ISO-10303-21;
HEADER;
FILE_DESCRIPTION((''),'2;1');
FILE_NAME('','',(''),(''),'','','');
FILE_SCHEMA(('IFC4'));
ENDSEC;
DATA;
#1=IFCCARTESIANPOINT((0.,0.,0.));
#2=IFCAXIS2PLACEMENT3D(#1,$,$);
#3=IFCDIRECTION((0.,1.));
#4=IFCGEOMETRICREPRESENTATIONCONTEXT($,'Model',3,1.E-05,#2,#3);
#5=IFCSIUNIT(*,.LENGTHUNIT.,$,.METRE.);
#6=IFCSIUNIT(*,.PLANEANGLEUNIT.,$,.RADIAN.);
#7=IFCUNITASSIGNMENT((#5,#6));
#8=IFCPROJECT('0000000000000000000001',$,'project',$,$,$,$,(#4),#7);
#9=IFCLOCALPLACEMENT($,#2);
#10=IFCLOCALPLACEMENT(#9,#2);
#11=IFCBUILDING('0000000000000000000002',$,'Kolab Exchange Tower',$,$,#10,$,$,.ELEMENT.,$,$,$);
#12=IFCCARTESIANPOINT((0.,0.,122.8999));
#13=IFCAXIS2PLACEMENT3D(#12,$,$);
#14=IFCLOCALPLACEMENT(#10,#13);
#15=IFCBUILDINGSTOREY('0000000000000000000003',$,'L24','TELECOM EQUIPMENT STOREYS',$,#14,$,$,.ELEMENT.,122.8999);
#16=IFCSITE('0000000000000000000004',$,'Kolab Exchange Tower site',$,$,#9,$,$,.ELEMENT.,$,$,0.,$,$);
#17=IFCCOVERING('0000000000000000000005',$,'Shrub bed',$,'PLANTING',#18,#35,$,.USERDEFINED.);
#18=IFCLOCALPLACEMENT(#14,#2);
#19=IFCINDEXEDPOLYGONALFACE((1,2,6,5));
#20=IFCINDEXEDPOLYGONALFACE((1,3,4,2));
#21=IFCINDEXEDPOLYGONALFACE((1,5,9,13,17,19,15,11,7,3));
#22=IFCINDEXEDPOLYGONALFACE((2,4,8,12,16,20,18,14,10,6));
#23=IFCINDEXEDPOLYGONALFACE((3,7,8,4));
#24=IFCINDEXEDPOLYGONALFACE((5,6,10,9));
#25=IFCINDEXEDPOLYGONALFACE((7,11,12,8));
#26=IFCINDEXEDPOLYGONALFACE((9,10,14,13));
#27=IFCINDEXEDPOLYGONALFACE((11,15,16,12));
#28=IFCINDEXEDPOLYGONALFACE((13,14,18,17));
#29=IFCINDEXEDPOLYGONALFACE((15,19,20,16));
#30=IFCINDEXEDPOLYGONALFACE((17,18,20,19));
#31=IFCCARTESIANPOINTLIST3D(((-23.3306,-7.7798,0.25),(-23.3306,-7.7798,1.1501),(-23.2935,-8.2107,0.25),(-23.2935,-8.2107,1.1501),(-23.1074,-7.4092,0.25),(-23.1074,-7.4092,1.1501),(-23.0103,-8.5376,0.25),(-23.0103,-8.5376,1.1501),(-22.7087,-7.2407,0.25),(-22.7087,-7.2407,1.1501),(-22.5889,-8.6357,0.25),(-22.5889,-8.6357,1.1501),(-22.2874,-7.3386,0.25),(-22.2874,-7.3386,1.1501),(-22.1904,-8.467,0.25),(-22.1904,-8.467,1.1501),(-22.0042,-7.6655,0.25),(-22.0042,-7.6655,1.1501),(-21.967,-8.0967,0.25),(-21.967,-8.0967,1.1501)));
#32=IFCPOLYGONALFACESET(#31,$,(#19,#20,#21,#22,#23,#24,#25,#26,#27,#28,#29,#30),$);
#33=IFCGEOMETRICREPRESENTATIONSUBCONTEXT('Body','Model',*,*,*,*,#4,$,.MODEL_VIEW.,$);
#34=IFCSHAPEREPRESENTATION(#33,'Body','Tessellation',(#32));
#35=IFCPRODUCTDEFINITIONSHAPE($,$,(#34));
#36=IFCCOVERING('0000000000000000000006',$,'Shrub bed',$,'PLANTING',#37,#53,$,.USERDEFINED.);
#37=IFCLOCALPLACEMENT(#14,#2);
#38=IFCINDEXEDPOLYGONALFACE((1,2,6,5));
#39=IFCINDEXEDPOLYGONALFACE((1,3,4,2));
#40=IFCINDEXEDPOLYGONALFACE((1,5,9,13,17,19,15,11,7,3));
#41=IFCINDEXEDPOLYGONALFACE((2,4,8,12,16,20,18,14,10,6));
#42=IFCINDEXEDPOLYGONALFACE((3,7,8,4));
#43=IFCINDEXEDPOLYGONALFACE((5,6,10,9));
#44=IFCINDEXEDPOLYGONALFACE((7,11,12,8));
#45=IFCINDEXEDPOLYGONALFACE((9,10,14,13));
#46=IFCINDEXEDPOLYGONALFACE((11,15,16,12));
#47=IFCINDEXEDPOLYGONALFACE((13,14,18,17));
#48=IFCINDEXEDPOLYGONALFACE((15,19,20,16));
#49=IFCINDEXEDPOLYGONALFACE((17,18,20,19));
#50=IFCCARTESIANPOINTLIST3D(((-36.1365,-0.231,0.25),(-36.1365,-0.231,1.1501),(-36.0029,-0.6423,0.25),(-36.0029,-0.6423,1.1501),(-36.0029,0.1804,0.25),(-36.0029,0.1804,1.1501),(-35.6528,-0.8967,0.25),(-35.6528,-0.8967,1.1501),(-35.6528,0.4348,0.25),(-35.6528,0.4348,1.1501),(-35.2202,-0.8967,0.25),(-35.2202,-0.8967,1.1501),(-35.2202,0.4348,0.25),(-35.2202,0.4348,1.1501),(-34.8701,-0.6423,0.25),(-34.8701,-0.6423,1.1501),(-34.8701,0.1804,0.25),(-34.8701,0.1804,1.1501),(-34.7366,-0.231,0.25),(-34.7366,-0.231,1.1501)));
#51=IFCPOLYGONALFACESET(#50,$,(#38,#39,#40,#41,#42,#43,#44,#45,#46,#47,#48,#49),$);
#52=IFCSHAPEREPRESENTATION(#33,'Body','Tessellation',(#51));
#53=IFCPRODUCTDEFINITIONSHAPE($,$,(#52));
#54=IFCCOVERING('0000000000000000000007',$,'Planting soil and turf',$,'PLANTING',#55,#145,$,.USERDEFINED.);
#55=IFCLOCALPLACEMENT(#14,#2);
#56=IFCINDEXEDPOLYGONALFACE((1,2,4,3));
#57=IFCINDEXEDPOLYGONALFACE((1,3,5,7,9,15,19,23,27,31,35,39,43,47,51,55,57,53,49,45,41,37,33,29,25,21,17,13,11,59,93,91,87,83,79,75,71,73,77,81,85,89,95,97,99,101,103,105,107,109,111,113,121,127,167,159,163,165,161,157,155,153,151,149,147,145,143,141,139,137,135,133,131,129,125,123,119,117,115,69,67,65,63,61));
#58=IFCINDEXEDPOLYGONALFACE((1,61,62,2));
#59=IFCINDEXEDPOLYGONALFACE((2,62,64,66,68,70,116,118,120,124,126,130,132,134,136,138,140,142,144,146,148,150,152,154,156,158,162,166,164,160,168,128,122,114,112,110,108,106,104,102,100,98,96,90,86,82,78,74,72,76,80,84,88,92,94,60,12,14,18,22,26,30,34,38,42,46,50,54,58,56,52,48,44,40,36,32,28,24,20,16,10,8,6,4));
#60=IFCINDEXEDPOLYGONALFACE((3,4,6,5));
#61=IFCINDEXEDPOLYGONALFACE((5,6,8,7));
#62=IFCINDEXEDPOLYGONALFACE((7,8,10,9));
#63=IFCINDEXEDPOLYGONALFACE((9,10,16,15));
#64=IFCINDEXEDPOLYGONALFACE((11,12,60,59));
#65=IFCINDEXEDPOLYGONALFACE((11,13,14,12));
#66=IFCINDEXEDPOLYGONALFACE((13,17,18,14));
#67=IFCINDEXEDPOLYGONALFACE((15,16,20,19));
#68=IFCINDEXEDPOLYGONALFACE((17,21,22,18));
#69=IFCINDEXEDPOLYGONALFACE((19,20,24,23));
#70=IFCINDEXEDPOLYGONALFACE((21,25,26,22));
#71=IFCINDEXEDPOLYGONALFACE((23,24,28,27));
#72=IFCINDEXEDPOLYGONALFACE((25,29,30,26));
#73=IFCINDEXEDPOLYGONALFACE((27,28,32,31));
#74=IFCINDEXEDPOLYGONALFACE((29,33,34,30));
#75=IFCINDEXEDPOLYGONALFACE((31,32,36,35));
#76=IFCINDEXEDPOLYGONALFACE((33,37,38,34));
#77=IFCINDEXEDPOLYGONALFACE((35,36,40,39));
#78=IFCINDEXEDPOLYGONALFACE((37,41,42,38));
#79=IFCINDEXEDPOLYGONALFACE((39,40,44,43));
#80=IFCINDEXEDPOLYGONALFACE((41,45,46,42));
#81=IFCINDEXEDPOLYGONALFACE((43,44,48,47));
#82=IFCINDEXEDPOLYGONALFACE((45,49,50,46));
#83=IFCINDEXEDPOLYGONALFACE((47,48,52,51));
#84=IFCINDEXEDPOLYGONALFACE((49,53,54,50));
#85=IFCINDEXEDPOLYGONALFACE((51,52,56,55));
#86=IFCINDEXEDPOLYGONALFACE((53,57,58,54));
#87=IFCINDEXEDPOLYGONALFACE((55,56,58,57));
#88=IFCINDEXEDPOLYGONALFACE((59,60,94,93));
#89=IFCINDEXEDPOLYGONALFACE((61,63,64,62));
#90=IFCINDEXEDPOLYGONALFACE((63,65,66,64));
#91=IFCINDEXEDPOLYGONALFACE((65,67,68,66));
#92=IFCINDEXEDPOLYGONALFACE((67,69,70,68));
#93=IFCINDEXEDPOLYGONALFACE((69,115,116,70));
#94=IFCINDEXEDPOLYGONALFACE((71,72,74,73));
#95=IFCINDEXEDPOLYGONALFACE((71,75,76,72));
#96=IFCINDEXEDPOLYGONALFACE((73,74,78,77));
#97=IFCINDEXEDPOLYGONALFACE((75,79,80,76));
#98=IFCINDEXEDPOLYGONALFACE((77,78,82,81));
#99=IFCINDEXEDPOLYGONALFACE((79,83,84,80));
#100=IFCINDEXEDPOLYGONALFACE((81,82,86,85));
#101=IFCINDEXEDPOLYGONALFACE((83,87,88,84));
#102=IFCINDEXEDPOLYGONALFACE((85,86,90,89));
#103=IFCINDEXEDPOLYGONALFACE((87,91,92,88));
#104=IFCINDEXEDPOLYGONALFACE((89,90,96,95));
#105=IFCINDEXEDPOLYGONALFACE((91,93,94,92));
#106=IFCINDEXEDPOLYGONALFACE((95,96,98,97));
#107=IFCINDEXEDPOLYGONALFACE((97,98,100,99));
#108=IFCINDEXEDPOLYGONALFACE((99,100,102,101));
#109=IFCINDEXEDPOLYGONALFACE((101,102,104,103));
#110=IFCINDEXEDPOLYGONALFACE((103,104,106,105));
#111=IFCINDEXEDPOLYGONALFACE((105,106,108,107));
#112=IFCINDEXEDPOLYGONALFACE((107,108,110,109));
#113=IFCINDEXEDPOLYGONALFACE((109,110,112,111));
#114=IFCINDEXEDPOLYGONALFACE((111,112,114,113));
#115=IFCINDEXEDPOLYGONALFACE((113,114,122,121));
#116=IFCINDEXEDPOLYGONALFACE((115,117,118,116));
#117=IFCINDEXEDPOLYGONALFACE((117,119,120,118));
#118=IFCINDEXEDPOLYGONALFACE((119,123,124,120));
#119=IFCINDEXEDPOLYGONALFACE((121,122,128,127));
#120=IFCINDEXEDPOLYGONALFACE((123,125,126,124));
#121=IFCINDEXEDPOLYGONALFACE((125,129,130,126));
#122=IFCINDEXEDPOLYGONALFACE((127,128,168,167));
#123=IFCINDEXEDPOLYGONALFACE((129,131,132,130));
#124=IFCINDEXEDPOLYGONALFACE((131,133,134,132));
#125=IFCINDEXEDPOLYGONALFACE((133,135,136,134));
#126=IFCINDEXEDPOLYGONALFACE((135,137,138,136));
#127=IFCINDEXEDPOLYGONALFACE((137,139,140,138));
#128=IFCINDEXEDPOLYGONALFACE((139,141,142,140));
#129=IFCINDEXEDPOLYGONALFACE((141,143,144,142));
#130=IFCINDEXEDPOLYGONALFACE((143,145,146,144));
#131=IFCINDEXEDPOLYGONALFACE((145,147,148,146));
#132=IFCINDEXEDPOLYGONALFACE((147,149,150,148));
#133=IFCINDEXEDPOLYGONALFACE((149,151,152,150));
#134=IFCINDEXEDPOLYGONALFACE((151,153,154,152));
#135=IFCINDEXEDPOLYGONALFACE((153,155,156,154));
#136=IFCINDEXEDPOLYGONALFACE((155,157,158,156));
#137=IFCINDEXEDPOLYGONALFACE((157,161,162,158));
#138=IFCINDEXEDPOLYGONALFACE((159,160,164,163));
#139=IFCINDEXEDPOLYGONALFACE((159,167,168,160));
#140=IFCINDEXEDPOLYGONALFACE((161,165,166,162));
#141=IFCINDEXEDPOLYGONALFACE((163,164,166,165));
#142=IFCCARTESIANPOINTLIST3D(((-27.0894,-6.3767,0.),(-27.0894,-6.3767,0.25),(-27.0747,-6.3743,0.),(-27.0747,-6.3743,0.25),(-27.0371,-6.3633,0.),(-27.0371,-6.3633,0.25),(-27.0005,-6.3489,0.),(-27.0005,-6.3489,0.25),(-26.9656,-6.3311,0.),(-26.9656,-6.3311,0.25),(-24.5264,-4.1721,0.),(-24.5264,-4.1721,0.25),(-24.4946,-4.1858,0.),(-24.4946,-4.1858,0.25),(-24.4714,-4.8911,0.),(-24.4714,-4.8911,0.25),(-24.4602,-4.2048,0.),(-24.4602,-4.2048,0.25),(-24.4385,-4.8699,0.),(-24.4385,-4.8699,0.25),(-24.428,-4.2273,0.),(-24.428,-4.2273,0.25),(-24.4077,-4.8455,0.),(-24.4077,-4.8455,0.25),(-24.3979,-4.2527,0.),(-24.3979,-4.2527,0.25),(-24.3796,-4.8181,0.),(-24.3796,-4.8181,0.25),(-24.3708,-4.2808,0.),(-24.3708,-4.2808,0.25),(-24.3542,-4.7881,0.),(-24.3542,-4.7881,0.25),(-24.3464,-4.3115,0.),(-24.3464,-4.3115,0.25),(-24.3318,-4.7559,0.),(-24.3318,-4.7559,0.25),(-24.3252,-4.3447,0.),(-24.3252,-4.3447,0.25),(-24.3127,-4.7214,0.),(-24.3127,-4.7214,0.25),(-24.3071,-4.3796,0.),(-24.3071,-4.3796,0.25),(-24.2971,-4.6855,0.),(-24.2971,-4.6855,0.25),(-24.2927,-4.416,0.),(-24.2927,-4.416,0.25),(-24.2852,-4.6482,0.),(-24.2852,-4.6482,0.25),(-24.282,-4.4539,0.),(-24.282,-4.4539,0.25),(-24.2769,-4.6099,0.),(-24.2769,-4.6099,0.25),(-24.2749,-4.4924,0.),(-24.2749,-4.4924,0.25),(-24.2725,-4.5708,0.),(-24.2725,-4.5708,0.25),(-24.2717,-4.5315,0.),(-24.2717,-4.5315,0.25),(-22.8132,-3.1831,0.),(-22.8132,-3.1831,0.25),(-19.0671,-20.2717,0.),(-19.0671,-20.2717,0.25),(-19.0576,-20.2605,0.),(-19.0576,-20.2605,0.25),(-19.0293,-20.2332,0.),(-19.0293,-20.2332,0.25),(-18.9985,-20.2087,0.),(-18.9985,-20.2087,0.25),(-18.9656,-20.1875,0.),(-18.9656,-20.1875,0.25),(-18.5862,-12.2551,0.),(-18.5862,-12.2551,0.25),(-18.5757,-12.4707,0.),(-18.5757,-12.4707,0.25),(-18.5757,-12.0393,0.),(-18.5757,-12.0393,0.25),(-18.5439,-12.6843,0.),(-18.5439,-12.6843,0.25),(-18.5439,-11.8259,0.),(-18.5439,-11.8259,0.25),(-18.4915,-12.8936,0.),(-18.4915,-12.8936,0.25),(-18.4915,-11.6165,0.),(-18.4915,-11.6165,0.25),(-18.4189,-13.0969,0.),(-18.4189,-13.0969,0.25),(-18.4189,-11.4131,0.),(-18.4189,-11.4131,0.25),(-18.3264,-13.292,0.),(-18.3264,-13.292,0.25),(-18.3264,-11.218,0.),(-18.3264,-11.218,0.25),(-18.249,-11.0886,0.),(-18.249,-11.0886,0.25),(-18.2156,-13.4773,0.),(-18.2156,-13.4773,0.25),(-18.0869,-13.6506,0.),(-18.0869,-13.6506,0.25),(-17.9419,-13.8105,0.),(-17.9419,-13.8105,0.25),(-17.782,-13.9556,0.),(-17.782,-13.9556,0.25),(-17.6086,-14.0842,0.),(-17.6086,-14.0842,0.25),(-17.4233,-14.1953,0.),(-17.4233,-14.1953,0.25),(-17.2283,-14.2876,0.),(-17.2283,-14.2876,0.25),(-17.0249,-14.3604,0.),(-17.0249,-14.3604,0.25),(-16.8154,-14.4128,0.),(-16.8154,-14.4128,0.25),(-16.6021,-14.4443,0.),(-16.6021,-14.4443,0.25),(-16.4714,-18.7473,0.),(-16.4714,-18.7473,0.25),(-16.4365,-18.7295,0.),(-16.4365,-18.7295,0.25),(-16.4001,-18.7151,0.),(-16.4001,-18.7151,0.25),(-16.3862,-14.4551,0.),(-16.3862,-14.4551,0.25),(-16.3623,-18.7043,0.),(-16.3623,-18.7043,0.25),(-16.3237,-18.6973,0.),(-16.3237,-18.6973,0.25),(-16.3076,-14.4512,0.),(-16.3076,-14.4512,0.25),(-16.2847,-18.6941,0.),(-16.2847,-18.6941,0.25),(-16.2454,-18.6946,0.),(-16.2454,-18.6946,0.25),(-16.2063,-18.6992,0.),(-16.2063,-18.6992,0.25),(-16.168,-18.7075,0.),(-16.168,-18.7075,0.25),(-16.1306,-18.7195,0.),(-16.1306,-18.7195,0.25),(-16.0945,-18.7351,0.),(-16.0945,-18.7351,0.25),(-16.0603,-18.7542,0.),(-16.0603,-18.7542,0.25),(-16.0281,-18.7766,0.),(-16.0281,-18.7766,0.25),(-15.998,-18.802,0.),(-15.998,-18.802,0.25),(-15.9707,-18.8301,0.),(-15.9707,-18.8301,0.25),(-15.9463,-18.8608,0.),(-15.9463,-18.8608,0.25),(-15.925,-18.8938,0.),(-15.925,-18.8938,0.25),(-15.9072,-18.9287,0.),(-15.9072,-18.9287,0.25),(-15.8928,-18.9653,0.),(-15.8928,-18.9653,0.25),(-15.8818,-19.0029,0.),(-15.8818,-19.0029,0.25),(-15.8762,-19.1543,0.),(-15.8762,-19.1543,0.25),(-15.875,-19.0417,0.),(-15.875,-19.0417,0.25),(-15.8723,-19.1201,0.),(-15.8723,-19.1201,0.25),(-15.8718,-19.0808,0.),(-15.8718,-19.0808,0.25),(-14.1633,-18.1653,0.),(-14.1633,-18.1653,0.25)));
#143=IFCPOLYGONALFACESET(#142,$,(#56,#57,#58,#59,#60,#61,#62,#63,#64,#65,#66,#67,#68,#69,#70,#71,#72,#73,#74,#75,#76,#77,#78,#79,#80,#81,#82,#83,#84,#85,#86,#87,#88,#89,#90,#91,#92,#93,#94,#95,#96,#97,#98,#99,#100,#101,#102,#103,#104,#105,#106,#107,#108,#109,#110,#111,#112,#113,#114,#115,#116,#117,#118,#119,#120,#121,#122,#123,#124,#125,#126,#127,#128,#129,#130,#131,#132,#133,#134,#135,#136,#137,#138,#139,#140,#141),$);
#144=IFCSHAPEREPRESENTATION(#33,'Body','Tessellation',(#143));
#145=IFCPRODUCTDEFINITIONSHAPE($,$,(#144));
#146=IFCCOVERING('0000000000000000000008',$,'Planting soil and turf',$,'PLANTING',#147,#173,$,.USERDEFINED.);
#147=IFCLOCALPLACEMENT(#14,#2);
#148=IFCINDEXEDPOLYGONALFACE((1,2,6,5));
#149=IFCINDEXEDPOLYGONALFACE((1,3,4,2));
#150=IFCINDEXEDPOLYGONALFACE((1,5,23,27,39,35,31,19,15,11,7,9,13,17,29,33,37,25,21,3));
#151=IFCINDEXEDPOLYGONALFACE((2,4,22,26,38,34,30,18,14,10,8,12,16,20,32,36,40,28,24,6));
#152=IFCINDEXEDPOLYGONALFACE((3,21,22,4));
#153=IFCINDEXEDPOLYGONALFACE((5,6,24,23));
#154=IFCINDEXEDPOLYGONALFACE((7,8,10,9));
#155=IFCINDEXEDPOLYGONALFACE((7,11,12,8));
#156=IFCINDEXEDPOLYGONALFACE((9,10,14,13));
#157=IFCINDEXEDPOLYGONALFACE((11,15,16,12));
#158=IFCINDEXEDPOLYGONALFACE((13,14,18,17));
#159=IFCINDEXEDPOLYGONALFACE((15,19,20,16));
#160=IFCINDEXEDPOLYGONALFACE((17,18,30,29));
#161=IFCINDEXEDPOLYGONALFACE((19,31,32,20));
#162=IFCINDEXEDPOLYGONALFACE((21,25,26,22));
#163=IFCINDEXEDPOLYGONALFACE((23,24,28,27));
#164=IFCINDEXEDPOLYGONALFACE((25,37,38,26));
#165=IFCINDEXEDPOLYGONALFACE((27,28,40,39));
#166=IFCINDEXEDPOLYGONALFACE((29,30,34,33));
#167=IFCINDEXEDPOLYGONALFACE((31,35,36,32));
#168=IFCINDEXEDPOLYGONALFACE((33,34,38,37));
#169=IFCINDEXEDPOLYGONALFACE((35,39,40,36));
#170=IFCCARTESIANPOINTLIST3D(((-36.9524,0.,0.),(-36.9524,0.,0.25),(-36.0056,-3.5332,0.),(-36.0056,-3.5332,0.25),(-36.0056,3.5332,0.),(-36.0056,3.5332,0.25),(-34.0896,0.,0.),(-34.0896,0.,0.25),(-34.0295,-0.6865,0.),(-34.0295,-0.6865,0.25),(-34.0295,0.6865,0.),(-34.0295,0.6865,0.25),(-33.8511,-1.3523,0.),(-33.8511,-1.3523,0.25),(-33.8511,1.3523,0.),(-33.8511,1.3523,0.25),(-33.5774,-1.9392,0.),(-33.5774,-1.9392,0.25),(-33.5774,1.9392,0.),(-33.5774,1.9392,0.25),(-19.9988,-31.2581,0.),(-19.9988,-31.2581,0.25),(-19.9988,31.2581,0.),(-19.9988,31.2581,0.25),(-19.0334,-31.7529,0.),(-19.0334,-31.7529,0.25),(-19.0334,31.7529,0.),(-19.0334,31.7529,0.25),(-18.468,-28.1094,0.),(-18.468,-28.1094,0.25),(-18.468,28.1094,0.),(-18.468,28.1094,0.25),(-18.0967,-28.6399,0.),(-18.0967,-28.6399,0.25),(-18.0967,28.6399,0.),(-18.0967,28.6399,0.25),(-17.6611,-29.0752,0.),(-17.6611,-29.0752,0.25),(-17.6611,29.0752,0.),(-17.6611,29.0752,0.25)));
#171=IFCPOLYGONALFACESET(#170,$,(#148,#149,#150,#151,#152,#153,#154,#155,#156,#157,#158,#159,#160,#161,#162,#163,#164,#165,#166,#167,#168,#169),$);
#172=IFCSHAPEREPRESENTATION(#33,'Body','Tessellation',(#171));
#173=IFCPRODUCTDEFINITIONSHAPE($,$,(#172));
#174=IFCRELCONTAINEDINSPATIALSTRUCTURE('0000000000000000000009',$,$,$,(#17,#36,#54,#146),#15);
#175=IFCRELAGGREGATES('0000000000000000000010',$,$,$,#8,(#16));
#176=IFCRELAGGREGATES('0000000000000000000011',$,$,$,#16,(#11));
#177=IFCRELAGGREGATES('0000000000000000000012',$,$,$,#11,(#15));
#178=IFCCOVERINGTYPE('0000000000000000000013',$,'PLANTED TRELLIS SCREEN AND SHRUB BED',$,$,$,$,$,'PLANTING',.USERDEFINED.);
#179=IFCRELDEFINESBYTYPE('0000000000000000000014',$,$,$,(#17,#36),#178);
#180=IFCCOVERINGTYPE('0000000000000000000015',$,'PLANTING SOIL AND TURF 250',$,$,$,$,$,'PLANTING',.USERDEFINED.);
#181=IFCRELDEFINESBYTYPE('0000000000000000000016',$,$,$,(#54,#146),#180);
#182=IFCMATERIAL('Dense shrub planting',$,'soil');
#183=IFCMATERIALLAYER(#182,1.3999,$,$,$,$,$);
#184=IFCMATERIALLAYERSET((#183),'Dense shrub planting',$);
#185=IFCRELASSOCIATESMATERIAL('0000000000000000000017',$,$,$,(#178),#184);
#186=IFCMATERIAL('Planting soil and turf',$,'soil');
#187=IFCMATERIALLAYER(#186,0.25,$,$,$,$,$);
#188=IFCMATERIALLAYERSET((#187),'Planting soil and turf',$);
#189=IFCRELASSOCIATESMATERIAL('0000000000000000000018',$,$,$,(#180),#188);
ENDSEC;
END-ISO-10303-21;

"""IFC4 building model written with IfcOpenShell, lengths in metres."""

from ifc_helpers import new_model, si_unit, direction, frame, origin, place, context, subcontext, project, spatial, polyline, outline, extrude, material, layer, layer_set, type_object, element, save


model = new_model("IFC4")

# Units and contexts
model_context = context("Model", 3, precision=1e-05, world=origin(), true_north=direction((0.0, 1.0)))
body_context = subcontext(model_context, "Body", "Model", "MODEL_VIEW")
ifc_project = project(units=[si_unit("LENGTHUNIT", "METRE"), si_unit("PLANEANGLEUNIT", "RADIAN")], contexts=[model_context])

# Site, building, storey
site_placement = place(None, origin())
site = spatial("IfcSite", under=ifc_project, at=site_placement, Name="Kolab Exchange Tower site", CompositionType="ELEMENT", RefElevation=0.0)
building_placement = place(site_placement, origin())
building = spatial("IfcBuilding", under=site, at=building_placement, Name="Kolab Exchange Tower", CompositionType="ELEMENT")
storey_placement = place(building_placement, frame((0.0, 0.0, 122.8999)))
storey = spatial("IfcBuildingStorey", under=building, at=storey_placement, Name="L24", Description="TELECOM EQUIPMENT STOREYS", CompositionType="ELEMENT", Elevation=122.8999)

# Coverings
ifc_material_1 = material(Name="Dense shrub planting", Category="soil")
ifc_layer_1 = layer(ifc_material_1, 1.3999)
ifc_layer_set_1 = layer_set([ifc_layer_1], Name="Dense shrub planting")
covering_type_1 = type_object("IfcCoveringType", Name="PLANTED TRELLIS SCREEN AND SHRUB BED", ElementType="PLANTING", PredefinedType="USERDEFINED", material=ifc_layer_set_1)
covering_1_placement = place(storey_placement, frame((0.0, 0.0, 0.25)))
element("IfcCovering", 1, at=covering_1_placement, inside=storey, type_object=covering_type_1, Name="Shrub bed", ObjectType="PLANTING", PredefinedType="USERDEFINED", context=body_context, shape_type="SweptSolid", body=[
    extrude(outline(polyline([(-22.0042, -7.6655), (-22.2874, -7.3386), (-22.7087, -7.2407), (-23.1074, -7.4092), (-23.3306, -7.7798), (-23.2935, -8.2107), (-23.0103, -8.5376), (-22.5889, -8.6357), (-22.1904, -8.467), (-21.967, -8.0967), (-22.0042, -7.6655)])), origin(), (0.0, 0.0, 1.0), 0.9001),
])
covering_2_placement = place(storey_placement, frame((0.0, 0.0, 0.25)))
element("IfcCovering", 2, at=covering_2_placement, inside=storey, type_object=covering_type_1, Name="Shrub bed", ObjectType="PLANTING", PredefinedType="USERDEFINED", context=body_context, shape_type="SweptSolid", body=[
    extrude(outline(polyline([(-34.7366, -0.231), (-34.8701, 0.1804), (-35.2202, 0.4348), (-35.6528, 0.4348), (-36.0029, 0.1804), (-36.1365, -0.231), (-36.0029, -0.6423), (-35.6528, -0.8967), (-35.2202, -0.8967), (-34.8701, -0.6423), (-34.7366, -0.231)])), origin(), (0.0, 0.0, 1.0), 0.9001),
])
ifc_material_2 = material(Name="Planting soil and turf", Category="soil")
ifc_layer_2 = layer(ifc_material_2, 0.25)
ifc_layer_set_2 = layer_set([ifc_layer_2], Name="Planting soil and turf")
covering_type_2 = type_object("IfcCoveringType", Name="PLANTING SOIL AND TURF 250", ElementType="PLANTING", PredefinedType="USERDEFINED", material=ifc_layer_set_2)
covering_3_placement = place(storey_placement, origin())
element("IfcCovering", 3, at=covering_3_placement, inside=storey, type_object=covering_type_2, Name="Planting soil and turf", ObjectType="PLANTING", PredefinedType="USERDEFINED", context=body_context, shape_type="SweptSolid", body=[
    extrude(outline(polyline([(-15.8762, -19.1543), (-15.8723, -19.1201), (-15.8718, -19.0808), (-15.875, -19.0417), (-15.8818, -19.0029), (-15.8928, -18.9653), (-15.9072, -18.9287), (-15.925, -18.8938), (-15.9463, -18.8608), (-15.9707, -18.8301), (-15.998, -18.802), (-16.0281, -18.7766), (-16.0603, -18.7542), (-16.0945, -18.7351), (-16.1306, -18.7195), (-16.168, -18.7075), (-16.2063, -18.6992), (-16.2454, -18.6946), (-16.2847, -18.6941), (-16.3237, -18.6973), (-16.3623, -18.7043), (-16.4001, -18.7151), (-16.4365, -18.7295), (-16.4714, -18.7473), (-18.9656, -20.1875), (-18.9985, -20.2087), (-19.0293, -20.2332), (-19.0576, -20.2605), (-19.0671, -20.2717), (-27.0894, -6.3767), (-27.0747, -6.3743), (-27.0371, -6.3633), (-27.0005, -6.3489), (-26.9656, -6.3311), (-24.4714, -4.8911), (-24.4385, -4.8699), (-24.4077, -4.8455), (-24.3796, -4.8181), (-24.3542, -4.7881), (-24.3318, -4.7559), (-24.3127, -4.7214), (-24.2971, -4.6855), (-24.2852, -4.6482), (-24.2769, -4.6099), (-24.2725, -4.5708), (-24.2717, -4.5315), (-24.2749, -4.4924), (-24.282, -4.4539), (-24.2927, -4.416), (-24.3071, -4.3796), (-24.3252, -4.3447), (-24.3464, -4.3115), (-24.3708, -4.2808), (-24.3979, -4.2527), (-24.428, -4.2273), (-24.4602, -4.2048), (-24.4946, -4.1858), (-24.5264, -4.1721), (-22.8132, -3.1831), (-18.249, -11.0886), (-18.3264, -11.218), (-18.4189, -11.4131), (-18.4915, -11.6165), (-18.5439, -11.8259), (-18.5757, -12.0393), (-18.5862, -12.2551), (-18.5757, -12.4707), (-18.5439, -12.6843), (-18.4915, -12.8936), (-18.4189, -13.0969), (-18.3264, -13.292), (-18.2156, -13.4773), (-18.0869, -13.6506), (-17.9419, -13.8105), (-17.782, -13.9556), (-17.6086, -14.0842), (-17.4233, -14.1953), (-17.2283, -14.2876), (-17.0249, -14.3604), (-16.8154, -14.4128), (-16.6021, -14.4443), (-16.3862, -14.4551), (-16.3076, -14.4512), (-14.1633, -18.1653), (-15.8762, -19.1543)])), origin(), (0.0, 0.0, 1.0), 0.25),
])
covering_4_placement = place(storey_placement, origin())
element("IfcCovering", 4, at=covering_4_placement, inside=storey, type_object=covering_type_2, Name="Planting soil and turf", ObjectType="PLANTING", PredefinedType="USERDEFINED", context=body_context, shape_type="SweptSolid", body=[
    extrude(outline(polyline([(-19.0334, -31.7529), (-19.9988, -31.2581), (-36.0056, -3.5332), (-36.9524, 0.0), (-36.0056, 3.5332), (-19.9988, 31.2581), (-19.0334, 31.7529), (-17.6611, 29.0752), (-18.0967, 28.6399), (-18.468, 28.1094), (-33.5774, 1.9392), (-33.8511, 1.3523), (-34.0295, 0.6865), (-34.0896, 0.0), (-34.0295, -0.6865), (-33.8511, -1.3523), (-33.5774, -1.9392), (-18.468, -28.1094), (-18.0967, -28.6399), (-17.6611, -29.0752), (-19.0334, -31.7529)])), origin(), (0.0, 0.0, 1.0), 0.25),
])

save(model, "model.ifc")
